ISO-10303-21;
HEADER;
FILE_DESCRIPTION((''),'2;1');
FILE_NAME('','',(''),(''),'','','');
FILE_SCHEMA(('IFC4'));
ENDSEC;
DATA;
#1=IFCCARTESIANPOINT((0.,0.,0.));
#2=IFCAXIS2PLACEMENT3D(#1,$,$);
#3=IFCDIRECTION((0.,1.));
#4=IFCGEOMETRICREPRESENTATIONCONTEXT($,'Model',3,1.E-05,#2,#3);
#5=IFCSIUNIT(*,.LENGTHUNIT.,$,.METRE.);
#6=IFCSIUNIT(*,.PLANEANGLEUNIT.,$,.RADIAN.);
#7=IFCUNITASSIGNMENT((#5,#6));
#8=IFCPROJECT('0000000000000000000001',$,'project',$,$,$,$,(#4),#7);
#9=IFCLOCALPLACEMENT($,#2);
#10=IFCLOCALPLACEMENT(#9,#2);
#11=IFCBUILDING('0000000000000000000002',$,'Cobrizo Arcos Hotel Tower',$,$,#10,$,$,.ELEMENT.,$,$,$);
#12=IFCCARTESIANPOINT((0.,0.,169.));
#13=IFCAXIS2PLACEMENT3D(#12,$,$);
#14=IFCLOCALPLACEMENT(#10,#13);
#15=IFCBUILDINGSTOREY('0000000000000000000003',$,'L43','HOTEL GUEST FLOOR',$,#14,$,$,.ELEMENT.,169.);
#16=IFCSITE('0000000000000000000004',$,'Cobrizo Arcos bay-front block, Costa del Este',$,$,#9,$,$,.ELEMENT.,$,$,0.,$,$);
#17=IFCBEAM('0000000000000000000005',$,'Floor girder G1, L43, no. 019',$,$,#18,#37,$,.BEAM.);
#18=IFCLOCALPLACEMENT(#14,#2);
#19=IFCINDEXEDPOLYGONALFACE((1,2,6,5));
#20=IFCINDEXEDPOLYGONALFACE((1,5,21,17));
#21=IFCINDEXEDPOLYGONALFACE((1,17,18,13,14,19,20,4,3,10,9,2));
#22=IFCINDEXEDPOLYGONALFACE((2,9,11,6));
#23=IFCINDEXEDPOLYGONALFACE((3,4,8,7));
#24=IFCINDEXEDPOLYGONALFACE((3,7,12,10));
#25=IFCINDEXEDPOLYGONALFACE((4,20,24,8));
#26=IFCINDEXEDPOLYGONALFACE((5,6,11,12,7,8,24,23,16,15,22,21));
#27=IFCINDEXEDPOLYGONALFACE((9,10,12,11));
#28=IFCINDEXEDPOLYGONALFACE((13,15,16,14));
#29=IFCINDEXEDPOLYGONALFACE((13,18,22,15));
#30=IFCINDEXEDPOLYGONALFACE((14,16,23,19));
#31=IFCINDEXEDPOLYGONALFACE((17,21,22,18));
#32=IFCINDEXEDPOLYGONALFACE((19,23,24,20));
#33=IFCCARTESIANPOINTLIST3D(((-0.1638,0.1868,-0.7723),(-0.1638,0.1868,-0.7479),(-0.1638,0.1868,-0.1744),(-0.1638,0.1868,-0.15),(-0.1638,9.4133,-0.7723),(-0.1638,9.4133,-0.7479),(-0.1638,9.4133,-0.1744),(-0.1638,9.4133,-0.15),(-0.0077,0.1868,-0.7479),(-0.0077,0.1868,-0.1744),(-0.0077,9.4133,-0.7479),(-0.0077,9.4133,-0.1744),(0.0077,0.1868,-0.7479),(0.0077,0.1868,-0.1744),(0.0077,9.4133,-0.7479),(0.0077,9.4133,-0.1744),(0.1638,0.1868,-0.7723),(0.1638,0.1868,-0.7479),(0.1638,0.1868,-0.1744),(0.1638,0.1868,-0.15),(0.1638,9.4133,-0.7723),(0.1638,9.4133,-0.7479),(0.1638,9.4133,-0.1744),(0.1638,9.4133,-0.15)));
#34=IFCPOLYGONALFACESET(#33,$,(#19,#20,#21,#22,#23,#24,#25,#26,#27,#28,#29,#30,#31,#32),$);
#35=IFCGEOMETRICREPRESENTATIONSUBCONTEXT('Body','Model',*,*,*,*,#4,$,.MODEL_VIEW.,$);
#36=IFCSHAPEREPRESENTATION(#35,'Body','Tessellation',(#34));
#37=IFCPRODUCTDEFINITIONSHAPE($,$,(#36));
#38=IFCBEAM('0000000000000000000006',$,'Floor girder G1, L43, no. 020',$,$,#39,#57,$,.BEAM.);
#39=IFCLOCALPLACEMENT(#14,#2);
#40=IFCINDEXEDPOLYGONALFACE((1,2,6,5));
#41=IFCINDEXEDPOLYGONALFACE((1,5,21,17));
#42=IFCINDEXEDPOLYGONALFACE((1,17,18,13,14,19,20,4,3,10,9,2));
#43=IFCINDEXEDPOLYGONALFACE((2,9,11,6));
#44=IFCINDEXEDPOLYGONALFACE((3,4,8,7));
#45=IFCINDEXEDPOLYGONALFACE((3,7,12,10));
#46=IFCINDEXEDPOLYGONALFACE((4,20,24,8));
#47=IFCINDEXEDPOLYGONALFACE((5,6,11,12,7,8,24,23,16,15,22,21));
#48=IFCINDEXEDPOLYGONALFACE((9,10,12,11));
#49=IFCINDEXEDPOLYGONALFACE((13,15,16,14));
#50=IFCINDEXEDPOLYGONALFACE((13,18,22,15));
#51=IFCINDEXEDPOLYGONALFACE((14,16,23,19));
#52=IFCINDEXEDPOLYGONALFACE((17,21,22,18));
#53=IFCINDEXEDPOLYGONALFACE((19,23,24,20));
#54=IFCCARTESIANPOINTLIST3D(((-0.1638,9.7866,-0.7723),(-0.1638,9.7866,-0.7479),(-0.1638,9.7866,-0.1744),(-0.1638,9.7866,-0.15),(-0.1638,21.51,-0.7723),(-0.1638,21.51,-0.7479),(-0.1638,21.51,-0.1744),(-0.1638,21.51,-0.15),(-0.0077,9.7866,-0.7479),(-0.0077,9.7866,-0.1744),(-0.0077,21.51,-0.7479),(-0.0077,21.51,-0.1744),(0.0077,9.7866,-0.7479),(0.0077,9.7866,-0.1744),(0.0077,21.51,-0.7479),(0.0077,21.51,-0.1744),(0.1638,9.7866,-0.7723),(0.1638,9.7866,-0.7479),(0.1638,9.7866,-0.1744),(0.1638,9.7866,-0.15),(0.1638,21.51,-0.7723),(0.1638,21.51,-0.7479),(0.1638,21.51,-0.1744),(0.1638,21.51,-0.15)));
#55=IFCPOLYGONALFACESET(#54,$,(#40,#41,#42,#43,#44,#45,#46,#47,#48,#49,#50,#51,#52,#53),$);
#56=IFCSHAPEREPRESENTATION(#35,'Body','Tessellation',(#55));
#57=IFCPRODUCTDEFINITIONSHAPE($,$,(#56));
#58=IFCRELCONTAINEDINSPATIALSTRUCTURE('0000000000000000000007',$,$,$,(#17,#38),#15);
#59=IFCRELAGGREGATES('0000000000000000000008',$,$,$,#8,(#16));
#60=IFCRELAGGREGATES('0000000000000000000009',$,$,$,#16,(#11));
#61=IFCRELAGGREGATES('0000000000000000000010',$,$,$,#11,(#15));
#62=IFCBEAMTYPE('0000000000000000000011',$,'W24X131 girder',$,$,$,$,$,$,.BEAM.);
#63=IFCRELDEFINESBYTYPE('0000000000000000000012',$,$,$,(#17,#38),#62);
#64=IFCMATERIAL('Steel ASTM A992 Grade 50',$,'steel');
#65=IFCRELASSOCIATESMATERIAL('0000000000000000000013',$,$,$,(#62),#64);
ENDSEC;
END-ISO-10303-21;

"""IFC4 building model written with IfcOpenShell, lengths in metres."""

from ifc_helpers import new_model, si_unit, direction, frame, origin, origin_2d, place, context, subcontext, project, spatial, i_section, extrude, material, material_profile, profile_set, type_object, element, save


model = new_model("IFC4")

# Units and contexts
model_context = context("Model", 3, precision=1e-05, world=origin(), true_north=direction((0.0, 1.0)))
body_context = subcontext(model_context, "Body", "Model", "MODEL_VIEW")
ifc_project = project(units=[si_unit("LENGTHUNIT", "METRE"), si_unit("PLANEANGLEUNIT", "RADIAN")], contexts=[model_context])

# Site, building, storey
site_placement = place(None, origin())
site = spatial("IfcSite", under=ifc_project, at=site_placement, Name="Cobrizo Arcos bay-front block, Costa del Este", CompositionType="ELEMENT", RefElevation=0.0)
building_placement = place(site_placement, origin())
building = spatial("IfcBuilding", under=site, at=building_placement, Name="Cobrizo Arcos Hotel Tower", CompositionType="ELEMENT")
storey_placement = place(building_placement, frame((0.0, 0.0, 169.0)))
storey = spatial("IfcBuildingStorey", under=building, at=storey_placement, Name="L43", Description="HOTEL GUEST FLOOR", CompositionType="ELEMENT", Elevation=169.0)

# Shared definitions
ifc_material_1 = material(Name="Steel ASTM A992 Grade 50", Category="steel")

# Beams
ifc_material_profile_1 = material_profile(ifc_material_1, i_section(OverallWidth=0.3276, OverallDepth=0.6223, WebThickness=0.0154, FlangeThickness=0.0244, at=origin_2d()), Name="W24X131")
ifc_profile_set_1 = profile_set([ifc_material_profile_1], Name="Steel ASTM A992 Grade 50")
beam_type_1 = type_object("IfcBeamType", Name="W24X131 girder", PredefinedType="BEAM", material=ifc_profile_set_1)
beam_1_placement = place(storey_placement, frame((0.0, 0.1868, -0.4612), z_axis=(0.0, 1.0, 0.0), x_axis=(-1.0, 0.0, 0.0)))
element("IfcBeam", 1, at=beam_1_placement, inside=storey, type_object=beam_type_1, Name="Floor girder G1, L43, no. 019", PredefinedType="BEAM", context=body_context, shape_type="SweptSolid", body=[
    extrude(i_section(OverallWidth=0.3276, OverallDepth=0.6223, WebThickness=0.0154, FlangeThickness=0.0244, at=origin_2d()), origin(), (0.0, 0.0, 1.0), 9.2266),
])
beam_2_placement = place(storey_placement, frame((0.0, 9.7866, -0.4612), z_axis=(0.0, 1.0, 0.0), x_axis=(-1.0, 0.0, 0.0)))
element("IfcBeam", 2, at=beam_2_placement, inside=storey, type_object=beam_type_1, Name="Floor girder G1, L43, no. 020", PredefinedType="BEAM", context=body_context, shape_type="SweptSolid", body=[
    extrude(i_section(OverallWidth=0.3276, OverallDepth=0.6223, WebThickness=0.0154, FlangeThickness=0.0244, at=origin_2d()), origin(), (0.0, 0.0, 1.0), 11.7234),
])

save(model, "model.ifc")
